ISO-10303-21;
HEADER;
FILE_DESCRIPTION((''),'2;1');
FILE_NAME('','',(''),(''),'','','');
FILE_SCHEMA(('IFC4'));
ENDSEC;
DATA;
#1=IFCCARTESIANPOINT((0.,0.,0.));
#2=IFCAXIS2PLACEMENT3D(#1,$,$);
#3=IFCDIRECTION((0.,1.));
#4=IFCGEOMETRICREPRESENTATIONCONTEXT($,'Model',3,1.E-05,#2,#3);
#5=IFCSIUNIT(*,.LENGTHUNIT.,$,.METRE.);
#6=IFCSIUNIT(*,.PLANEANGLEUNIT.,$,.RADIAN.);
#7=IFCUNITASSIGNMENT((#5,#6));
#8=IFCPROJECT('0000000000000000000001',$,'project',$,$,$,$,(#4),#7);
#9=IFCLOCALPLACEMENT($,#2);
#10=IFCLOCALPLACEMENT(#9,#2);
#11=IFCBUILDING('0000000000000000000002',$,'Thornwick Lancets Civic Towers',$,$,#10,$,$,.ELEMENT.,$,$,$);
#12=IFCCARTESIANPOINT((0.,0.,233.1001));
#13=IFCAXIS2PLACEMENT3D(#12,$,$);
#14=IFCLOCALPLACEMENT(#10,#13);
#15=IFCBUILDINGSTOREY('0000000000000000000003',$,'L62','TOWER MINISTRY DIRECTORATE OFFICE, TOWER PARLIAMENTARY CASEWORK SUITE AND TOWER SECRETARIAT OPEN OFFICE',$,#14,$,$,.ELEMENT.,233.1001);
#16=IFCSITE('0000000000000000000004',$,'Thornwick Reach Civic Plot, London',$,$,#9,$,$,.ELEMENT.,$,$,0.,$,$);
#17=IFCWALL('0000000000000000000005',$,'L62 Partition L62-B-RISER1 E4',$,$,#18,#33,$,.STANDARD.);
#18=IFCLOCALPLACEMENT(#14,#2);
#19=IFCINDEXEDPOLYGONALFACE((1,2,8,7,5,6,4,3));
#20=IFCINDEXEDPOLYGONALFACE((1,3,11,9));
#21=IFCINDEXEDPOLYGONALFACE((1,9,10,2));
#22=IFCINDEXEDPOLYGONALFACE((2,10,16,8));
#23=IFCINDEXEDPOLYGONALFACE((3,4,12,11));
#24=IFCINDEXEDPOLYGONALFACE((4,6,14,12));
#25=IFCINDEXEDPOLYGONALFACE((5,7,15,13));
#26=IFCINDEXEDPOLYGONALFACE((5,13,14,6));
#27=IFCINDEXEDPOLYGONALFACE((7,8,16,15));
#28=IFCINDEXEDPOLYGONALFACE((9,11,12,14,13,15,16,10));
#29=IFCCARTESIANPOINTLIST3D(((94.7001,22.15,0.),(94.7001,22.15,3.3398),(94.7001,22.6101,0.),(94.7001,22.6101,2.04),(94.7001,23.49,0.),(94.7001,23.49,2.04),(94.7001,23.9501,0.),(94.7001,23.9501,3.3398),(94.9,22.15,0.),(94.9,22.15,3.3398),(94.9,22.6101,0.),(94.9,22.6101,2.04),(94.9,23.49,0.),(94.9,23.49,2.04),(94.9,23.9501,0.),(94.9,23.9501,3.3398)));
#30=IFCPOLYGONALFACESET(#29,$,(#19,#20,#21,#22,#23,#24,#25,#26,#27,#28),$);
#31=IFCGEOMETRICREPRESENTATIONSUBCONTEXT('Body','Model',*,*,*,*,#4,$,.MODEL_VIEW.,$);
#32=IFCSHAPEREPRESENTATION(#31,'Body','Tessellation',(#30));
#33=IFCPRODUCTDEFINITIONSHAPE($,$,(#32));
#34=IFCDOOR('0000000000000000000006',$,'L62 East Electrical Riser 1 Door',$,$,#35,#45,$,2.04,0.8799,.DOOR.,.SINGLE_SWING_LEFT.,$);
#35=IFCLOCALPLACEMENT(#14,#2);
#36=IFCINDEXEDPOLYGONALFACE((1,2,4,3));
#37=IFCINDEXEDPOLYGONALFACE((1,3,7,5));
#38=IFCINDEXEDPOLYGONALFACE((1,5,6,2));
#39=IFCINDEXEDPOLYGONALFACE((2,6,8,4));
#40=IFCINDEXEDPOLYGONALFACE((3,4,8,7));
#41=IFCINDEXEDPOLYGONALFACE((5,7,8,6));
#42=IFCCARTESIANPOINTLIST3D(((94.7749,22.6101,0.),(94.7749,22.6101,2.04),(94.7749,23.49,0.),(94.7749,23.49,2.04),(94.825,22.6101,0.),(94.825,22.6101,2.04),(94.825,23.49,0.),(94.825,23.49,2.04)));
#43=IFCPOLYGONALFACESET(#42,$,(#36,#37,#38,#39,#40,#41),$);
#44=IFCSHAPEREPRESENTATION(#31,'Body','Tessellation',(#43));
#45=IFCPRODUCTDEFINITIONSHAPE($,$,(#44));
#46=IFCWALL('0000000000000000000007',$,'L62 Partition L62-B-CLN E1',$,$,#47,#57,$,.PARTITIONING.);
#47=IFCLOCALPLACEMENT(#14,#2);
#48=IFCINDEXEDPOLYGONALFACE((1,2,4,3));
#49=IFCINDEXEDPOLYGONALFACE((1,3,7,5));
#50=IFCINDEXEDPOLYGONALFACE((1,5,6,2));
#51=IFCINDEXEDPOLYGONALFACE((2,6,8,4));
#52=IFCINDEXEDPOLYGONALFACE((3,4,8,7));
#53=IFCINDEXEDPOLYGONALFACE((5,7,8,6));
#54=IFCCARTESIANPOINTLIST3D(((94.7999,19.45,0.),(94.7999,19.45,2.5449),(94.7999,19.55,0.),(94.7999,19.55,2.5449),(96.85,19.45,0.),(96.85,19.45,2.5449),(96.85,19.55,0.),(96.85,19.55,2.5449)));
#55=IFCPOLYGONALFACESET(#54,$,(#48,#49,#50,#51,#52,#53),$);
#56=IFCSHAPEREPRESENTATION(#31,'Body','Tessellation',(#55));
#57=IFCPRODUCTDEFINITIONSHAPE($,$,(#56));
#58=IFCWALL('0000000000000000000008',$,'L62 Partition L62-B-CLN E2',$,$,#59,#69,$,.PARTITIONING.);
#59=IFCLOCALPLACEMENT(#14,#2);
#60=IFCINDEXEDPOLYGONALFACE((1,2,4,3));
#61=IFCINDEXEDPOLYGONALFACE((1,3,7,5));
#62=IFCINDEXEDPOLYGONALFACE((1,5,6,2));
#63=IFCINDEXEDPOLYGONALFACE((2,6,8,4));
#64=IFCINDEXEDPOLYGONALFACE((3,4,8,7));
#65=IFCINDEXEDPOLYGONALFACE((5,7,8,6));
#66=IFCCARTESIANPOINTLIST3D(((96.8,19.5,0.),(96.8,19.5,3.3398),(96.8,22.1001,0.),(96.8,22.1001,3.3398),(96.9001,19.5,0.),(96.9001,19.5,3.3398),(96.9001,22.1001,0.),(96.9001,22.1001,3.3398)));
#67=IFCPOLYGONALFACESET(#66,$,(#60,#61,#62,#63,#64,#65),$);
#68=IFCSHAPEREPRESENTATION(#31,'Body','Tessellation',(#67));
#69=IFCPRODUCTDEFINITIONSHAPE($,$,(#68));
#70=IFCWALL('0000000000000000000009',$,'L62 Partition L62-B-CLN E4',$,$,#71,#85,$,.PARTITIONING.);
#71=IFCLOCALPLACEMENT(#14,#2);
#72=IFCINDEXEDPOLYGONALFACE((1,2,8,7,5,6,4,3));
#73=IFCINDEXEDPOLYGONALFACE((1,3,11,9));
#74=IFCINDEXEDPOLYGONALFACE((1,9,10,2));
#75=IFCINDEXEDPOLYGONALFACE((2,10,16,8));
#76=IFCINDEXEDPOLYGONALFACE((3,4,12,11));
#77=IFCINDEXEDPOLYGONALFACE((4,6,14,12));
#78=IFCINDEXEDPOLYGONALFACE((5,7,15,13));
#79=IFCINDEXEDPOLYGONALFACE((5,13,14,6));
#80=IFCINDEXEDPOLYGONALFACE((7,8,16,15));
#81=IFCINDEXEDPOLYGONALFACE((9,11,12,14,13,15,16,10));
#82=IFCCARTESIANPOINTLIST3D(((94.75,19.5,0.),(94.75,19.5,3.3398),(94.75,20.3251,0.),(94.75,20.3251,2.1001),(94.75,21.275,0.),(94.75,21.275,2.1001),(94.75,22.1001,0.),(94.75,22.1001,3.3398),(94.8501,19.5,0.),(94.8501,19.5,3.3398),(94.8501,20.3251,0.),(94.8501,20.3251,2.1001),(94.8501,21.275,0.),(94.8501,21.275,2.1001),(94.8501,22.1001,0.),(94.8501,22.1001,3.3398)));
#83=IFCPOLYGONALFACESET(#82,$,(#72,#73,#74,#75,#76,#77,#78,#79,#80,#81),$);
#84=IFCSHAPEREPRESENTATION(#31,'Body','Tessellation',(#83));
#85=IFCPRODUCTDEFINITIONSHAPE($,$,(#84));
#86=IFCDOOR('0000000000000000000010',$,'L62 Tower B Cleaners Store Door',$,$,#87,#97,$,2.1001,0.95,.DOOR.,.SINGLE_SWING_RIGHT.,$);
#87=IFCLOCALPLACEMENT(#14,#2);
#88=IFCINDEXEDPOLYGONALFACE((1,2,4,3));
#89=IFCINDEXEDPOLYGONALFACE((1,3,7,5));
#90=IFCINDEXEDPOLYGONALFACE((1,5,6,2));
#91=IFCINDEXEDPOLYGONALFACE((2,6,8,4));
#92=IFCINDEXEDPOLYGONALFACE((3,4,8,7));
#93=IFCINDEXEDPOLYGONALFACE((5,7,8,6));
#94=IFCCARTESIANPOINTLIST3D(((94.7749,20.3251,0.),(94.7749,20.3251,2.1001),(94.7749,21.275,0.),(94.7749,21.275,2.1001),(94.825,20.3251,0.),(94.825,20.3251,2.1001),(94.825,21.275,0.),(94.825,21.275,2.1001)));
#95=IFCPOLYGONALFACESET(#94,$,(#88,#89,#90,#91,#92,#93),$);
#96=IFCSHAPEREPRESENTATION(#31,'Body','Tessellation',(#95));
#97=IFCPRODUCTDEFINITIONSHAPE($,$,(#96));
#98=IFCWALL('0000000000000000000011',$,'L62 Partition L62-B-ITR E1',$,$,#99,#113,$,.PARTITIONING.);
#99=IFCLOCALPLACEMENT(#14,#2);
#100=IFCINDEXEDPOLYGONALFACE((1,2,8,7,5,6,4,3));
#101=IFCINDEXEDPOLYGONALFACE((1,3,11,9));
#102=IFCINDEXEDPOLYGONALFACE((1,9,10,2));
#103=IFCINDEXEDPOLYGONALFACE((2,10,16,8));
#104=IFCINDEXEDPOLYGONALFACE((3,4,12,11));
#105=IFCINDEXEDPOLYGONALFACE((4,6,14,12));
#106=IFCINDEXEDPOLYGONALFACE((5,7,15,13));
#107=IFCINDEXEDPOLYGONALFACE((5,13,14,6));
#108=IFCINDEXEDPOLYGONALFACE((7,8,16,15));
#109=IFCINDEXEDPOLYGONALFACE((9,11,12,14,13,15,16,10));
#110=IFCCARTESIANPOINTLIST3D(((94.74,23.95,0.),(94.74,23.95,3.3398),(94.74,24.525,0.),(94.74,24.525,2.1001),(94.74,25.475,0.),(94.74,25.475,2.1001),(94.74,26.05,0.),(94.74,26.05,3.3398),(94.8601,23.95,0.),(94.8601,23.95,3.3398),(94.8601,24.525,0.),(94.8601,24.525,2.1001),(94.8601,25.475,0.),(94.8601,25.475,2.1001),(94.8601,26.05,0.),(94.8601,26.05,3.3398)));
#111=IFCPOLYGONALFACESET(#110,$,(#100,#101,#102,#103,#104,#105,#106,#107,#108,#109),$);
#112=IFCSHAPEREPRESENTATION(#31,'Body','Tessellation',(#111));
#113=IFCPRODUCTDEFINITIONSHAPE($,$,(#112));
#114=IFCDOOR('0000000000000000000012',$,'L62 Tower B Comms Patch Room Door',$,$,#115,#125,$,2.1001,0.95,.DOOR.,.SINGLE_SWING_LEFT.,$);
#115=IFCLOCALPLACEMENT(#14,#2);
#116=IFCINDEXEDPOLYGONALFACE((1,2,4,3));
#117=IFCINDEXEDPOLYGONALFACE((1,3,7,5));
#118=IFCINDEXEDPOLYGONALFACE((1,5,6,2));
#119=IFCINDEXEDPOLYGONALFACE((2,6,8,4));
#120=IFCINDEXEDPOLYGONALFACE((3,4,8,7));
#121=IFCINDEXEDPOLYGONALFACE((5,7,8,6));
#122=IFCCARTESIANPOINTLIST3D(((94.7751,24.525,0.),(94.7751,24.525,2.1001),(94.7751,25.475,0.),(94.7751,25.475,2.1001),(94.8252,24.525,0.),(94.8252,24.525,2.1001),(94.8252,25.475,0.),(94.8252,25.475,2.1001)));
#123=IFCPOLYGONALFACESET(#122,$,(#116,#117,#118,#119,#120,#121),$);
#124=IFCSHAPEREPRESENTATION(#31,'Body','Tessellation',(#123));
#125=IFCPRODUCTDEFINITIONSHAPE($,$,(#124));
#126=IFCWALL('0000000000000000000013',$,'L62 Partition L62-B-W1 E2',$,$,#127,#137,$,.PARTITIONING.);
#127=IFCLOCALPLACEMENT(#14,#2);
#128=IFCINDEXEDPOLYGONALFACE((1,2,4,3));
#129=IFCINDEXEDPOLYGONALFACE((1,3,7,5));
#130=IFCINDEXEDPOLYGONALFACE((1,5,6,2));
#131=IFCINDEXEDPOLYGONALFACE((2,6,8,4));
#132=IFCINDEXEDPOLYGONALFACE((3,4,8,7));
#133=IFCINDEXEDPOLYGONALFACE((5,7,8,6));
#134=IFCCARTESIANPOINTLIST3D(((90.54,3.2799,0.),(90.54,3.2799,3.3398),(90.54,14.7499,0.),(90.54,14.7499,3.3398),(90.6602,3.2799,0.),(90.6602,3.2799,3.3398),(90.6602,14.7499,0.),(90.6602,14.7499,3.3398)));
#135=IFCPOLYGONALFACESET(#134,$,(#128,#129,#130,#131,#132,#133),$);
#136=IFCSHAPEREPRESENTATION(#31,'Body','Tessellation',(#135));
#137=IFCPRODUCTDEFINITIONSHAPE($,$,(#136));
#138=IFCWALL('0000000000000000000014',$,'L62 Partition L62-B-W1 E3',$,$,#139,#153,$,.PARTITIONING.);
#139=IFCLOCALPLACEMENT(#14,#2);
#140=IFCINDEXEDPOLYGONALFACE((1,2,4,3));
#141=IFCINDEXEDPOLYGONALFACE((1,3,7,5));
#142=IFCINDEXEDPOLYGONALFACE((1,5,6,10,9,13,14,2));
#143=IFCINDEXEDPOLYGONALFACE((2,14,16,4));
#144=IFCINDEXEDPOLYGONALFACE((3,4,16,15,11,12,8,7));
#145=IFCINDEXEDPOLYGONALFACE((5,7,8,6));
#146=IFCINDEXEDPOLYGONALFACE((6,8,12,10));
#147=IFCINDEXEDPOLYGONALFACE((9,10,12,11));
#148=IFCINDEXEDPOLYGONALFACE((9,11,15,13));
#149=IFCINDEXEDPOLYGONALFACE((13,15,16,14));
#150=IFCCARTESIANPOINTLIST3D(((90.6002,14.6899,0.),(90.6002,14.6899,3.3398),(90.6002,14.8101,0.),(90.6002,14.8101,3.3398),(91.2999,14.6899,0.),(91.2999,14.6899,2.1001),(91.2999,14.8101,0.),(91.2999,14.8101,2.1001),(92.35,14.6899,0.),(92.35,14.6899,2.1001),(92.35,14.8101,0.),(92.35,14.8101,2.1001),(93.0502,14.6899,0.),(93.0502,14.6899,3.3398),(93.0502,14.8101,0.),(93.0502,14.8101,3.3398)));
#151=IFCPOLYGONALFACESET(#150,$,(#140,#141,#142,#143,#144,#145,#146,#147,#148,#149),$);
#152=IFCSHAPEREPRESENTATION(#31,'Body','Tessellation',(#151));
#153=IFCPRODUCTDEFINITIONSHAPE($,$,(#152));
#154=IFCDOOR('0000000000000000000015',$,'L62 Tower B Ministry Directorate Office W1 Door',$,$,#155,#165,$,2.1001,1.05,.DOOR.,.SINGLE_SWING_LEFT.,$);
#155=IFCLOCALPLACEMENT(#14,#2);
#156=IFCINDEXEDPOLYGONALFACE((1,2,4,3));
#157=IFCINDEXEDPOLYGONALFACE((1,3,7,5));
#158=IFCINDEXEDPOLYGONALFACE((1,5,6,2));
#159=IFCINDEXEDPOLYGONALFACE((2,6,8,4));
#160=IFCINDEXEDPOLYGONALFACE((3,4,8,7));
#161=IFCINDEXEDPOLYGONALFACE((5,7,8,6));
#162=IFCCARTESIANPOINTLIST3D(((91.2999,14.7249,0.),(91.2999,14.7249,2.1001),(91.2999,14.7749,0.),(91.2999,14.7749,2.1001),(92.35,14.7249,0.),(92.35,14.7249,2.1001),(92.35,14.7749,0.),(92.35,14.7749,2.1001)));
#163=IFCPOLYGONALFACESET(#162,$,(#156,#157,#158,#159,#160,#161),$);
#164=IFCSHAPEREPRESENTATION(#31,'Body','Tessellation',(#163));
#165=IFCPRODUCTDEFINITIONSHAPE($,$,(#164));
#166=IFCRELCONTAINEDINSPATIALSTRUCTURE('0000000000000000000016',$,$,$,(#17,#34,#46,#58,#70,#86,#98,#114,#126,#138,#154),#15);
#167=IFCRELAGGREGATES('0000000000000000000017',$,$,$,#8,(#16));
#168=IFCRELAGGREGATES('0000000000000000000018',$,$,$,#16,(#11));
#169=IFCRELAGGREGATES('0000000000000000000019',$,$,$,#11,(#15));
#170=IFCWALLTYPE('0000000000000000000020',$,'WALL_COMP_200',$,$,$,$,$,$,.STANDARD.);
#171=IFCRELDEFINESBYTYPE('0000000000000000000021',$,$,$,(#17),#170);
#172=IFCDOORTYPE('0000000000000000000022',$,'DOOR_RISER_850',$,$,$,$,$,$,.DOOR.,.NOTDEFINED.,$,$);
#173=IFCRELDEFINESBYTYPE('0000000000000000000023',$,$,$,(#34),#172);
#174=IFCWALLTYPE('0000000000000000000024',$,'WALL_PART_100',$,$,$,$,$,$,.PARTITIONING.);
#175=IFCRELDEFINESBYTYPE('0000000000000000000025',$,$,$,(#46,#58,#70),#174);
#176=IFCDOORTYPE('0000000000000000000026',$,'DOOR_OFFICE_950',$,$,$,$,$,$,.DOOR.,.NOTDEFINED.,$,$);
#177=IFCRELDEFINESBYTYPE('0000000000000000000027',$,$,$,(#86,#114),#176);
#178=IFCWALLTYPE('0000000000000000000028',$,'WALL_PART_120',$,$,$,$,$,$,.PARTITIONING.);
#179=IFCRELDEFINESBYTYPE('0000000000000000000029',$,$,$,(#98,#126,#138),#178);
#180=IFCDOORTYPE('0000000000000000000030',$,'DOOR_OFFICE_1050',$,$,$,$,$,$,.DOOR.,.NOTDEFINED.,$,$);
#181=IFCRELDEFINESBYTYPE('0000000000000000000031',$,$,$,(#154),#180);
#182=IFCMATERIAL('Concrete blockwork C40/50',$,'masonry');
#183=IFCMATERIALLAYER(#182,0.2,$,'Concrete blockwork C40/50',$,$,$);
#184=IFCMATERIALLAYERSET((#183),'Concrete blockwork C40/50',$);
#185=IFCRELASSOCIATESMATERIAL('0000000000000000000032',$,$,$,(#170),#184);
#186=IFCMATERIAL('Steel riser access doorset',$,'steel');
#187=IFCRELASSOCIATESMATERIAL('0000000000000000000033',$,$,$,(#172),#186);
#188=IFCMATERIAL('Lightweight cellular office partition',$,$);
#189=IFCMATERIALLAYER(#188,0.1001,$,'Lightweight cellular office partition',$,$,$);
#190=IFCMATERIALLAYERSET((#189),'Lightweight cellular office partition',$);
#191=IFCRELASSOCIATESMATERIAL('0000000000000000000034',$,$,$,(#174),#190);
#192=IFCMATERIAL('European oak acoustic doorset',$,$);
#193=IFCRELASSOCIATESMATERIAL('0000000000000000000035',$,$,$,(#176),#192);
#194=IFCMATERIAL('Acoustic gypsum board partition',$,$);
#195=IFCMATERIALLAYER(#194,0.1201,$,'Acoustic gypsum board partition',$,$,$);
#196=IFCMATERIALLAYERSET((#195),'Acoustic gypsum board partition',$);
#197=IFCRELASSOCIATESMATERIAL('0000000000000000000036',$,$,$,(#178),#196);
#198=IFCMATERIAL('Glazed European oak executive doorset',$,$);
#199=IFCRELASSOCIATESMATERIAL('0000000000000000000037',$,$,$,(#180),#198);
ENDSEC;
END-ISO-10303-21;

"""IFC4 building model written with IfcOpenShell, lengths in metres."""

from ifc_helpers import new_model, si_unit, direction, frame, frame_2d, origin, place, context, subcontext, project, spatial, rectangle, extrude, material, layer, layer_set, type_object, element, fill, save


model = new_model("IFC4")

# Units and contexts
model_context = context("Model", 3, precision=1e-05, world=origin(), true_north=direction((0.0, 1.0)))
body_context = subcontext(model_context, "Body", "Model", "MODEL_VIEW")
ifc_project = project(units=[si_unit("LENGTHUNIT", "METRE"), si_unit("PLANEANGLEUNIT", "RADIAN")], contexts=[model_context])

# Site, building, storey
site_placement = place(None, origin())
site = spatial("IfcSite", under=ifc_project, at=site_placement, Name="Thornwick Reach Civic Plot, London", CompositionType="ELEMENT", RefElevation=0.0)
building_placement = place(site_placement, origin())
building = spatial("IfcBuilding", under=site, at=building_placement, Name="Thornwick Lancets Civic Towers", CompositionType="ELEMENT")
storey_placement = place(building_placement, frame((0.0, 0.0, 233.1001)))
storey = spatial("IfcBuildingStorey", under=building, at=storey_placement, Name="L62", Description="TOWER MINISTRY DIRECTORATE OFFICE, TOWER PARLIAMENTARY CASEWORK SUITE AND TOWER SECRETARIAT OPEN OFFICE", CompositionType="ELEMENT", Elevation=233.1001)

# Shared definitions
ifc_material_1 = material(Name="Concrete blockwork C40/50", Category="masonry")
ifc_layer_1 = layer(ifc_material_1, 0.2, Name="Concrete blockwork C40/50")
ifc_layer_set_1 = layer_set([ifc_layer_1], Name="Concrete blockwork C40/50")
wall_type_1 = type_object("IfcWallType", Name="WALL_COMP_200", PredefinedType="STANDARD", material=ifc_layer_set_1)

# Wall, opening, door
wall_1_placement = place(storey_placement, frame((94.8, 23.95, 0.0), z_axis=(0.0, 0.0, 1.0), x_axis=(0.0, -1.0, 0.0)))
wall_1 = element("IfcWall", 1, at=wall_1_placement, inside=storey, type_object=wall_type_1, Name="L62 Partition L62-B-RISER1 E4", PredefinedType="STANDARD", context=body_context, shape_type="SweptSolid", body=[
    extrude(rectangle(XDim=1.8, YDim=0.2, at=frame_2d((0.8999, 0.0))), origin(), (0.0, 0.0, 1.0), 3.3398),
])
opening_1_placement = place(wall_1_placement, frame((0.46, 0.0, 0.0)))
opening_1 = element("IfcOpeningElement", 2, at=opening_1_placement, cuts=wall_1, PredefinedType="OPENING", context=body_context, shape_type="SweptSolid", body=[
    extrude(rectangle(XDim=0.8799, YDim=2.04, at=frame_2d((0.4399, 1.02))), frame((0.0, 0.1099, 0.0), z_axis=(0.0, -1.0, 0.0), x_axis=(1.0, 0.0, 0.0)), (0.0, 0.0, 1.0), 0.22),
])
ifc_material_2 = material(Name="Steel riser access doorset", Category="steel")
door_type_1 = type_object("IfcDoorType", Name="DOOR_RISER_850", OperationType="NOTDEFINED", PredefinedType="DOOR", material=ifc_material_2)
door_1_placement = place(opening_1_placement, origin())
door_1 = element("IfcDoor", 3, at=door_1_placement, inside=storey, type_object=door_type_1, Name="L62 East Electrical Riser 1 Door", OperationType="SINGLE_SWING_LEFT", OverallHeight=2.04, OverallWidth=0.8799, PredefinedType="DOOR", context=body_context, shape_type="SweptSolid", body=[
    extrude(rectangle(XDim=0.8799, YDim=2.04, at=frame_2d((0.4399, 1.02))), frame((0.0, 0.0249, 0.0), z_axis=(0.0, -1.0, 0.0), x_axis=(1.0, 0.0, 0.0)), (0.0, 0.0, 1.0), 0.05),
])
fill(opening_1, door_1)

# Walls
ifc_material_3 = material(Name="Lightweight cellular office partition")
ifc_layer_2 = layer(ifc_material_3, 0.1001, Name="Lightweight cellular office partition")
ifc_layer_set_2 = layer_set([ifc_layer_2], Name="Lightweight cellular office partition")
wall_type_2 = type_object("IfcWallType", Name="WALL_PART_100", PredefinedType="PARTITIONING", material=ifc_layer_set_2)
wall_2_placement = place(storey_placement, frame((94.8, 19.5, 0.0), z_axis=(0.0, 0.0, 1.0), x_axis=(1.0, 0.0, 0.0)))
element("IfcWall", 4, at=wall_2_placement, inside=storey, type_object=wall_type_2, Name="L62 Partition L62-B-CLN E1", PredefinedType="PARTITIONING", context=body_context, shape_type="SweptSolid", body=[
    extrude(rectangle(XDim=2.05, YDim=0.1001, at=frame_2d((1.0249, 0.0))), origin(), (0.0, 0.0, 1.0), 2.5449),
])
wall_3_placement = place(storey_placement, frame((96.8501, 19.5, 0.0), z_axis=(0.0, 0.0, 1.0), x_axis=(0.0, 1.0, 0.0)))
element("IfcWall", 5, at=wall_3_placement, inside=storey, type_object=wall_type_2, Name="L62 Partition L62-B-CLN E2", PredefinedType="PARTITIONING", context=body_context, shape_type="SweptSolid", body=[
    extrude(rectangle(XDim=2.6001, YDim=0.1001, at=frame_2d((1.3, 0.0))), origin(), (0.0, 0.0, 1.0), 3.3398),
])

# Walls, openings, doors
wall_4_placement = place(storey_placement, frame((94.8, 22.1001, 0.0), z_axis=(0.0, 0.0, 1.0), x_axis=(0.0, -1.0, 0.0)))
wall_4 = element("IfcWall", 6, at=wall_4_placement, inside=storey, type_object=wall_type_2, Name="L62 Partition L62-B-CLN E4", PredefinedType="PARTITIONING", context=body_context, shape_type="SweptSolid", body=[
    extrude(rectangle(XDim=2.6001, YDim=0.1001, at=frame_2d((1.3, 0.0))), origin(), (0.0, 0.0, 1.0), 3.3398),
])
opening_2_placement = place(wall_4_placement, frame((0.825, 0.0, 0.0)))
opening_2 = element("IfcOpeningElement", 7, at=opening_2_placement, cuts=wall_4, PredefinedType="OPENING", context=body_context, shape_type="SweptSolid", body=[
    extrude(rectangle(XDim=0.95, YDim=2.1001, at=frame_2d((0.4751, 1.05))), frame((0.0, 0.0601, 0.0), z_axis=(0.0, -1.0, 0.0), x_axis=(1.0, 0.0, 0.0)), (0.0, 0.0, 1.0), 0.1201),
])
ifc_material_4 = material(Name="European oak acoustic doorset")
door_type_2 = type_object("IfcDoorType", Name="DOOR_OFFICE_950", OperationType="NOTDEFINED", PredefinedType="DOOR", material=ifc_material_4)
door_2_placement = place(opening_2_placement, origin())
door_2 = element("IfcDoor", 8, at=door_2_placement, inside=storey, type_object=door_type_2, Name="L62 Tower B Cleaners Store Door", OperationType="SINGLE_SWING_RIGHT", OverallHeight=2.1001, OverallWidth=0.95, PredefinedType="DOOR", context=body_context, shape_type="SweptSolid", body=[
    extrude(rectangle(XDim=0.95, YDim=2.1001, at=frame_2d((0.4751, 1.05))), frame((0.0, 0.0249, 0.0), z_axis=(0.0, -1.0, 0.0), x_axis=(1.0, 0.0, 0.0)), (0.0, 0.0, 1.0), 0.05),
])
fill(opening_2, door_2)
ifc_material_5 = material(Name="Acoustic gypsum board partition")
ifc_layer_3 = layer(ifc_material_5, 0.1201, Name="Acoustic gypsum board partition")
ifc_layer_set_3 = layer_set([ifc_layer_3], Name="Acoustic gypsum board partition")
wall_type_3 = type_object("IfcWallType", Name="WALL_PART_120", PredefinedType="PARTITIONING", material=ifc_layer_set_3)
wall_5_placement = place(storey_placement, frame((94.8, 23.95, 0.0), z_axis=(0.0, 0.0, 1.0), x_axis=(0.0, 1.0, 0.0)))
wall_5 = element("IfcWall", 9, at=wall_5_placement, inside=storey, type_object=wall_type_3, Name="L62 Partition L62-B-ITR E1", PredefinedType="PARTITIONING", context=body_context, shape_type="SweptSolid", body=[
    extrude(rectangle(XDim=2.1001, YDim=0.1201, at=frame_2d((1.05, 0.0))), origin(), (0.0, 0.0, 1.0), 3.3398),
])
opening_3_placement = place(wall_5_placement, frame((0.575, 0.0, 0.0)))
opening_3 = element("IfcOpeningElement", 10, at=opening_3_placement, cuts=wall_5, PredefinedType="OPENING", context=body_context, shape_type="SweptSolid", body=[
    extrude(rectangle(XDim=0.95, YDim=2.1001, at=frame_2d((0.4751, 1.05))), frame((0.0, 0.0701, 0.0), z_axis=(0.0, -1.0, 0.0), x_axis=(1.0, 0.0, 0.0)), (0.0, 0.0, 1.0), 0.1401),
])
door_3_placement = place(opening_3_placement, origin())
door_3 = element("IfcDoor", 11, at=door_3_placement, inside=storey, type_object=door_type_2, Name="L62 Tower B Comms Patch Room Door", OperationType="SINGLE_SWING_LEFT", OverallHeight=2.1001, OverallWidth=0.95, PredefinedType="DOOR", context=body_context, shape_type="SweptSolid", body=[
    extrude(rectangle(XDim=0.95, YDim=2.1001, at=frame_2d((0.4751, 1.05))), frame((0.0, 0.0249, 0.0), z_axis=(0.0, -1.0, 0.0), x_axis=(1.0, 0.0, 0.0)), (0.0, 0.0, 1.0), 0.05),
])
fill(opening_3, door_3)

# Wall
wall_6_placement = place(storey_placement, frame((90.6001, 3.28, 0.0), z_axis=(0.0, 0.0, 1.0), x_axis=(0.0, 1.0, 0.0)))
element("IfcWall", 12, at=wall_6_placement, inside=storey, type_object=wall_type_3, Name="L62 Partition L62-B-W1 E2", PredefinedType="PARTITIONING", context=body_context, shape_type="SweptSolid", body=[
    extrude(rectangle(XDim=11.47, YDim=0.1201, at=frame_2d((5.7349, 0.0))), origin(), (0.0, 0.0, 1.0), 3.3398),
])

# Wall, opening, door
wall_7_placement = place(storey_placement, frame((90.6001, 14.75, 0.0), z_axis=(0.0, 0.0, 1.0), x_axis=(1.0, 0.0, 0.0)))
wall_7 = element("IfcWall", 13, at=wall_7_placement, inside=storey, type_object=wall_type_3, Name="L62 Partition L62-B-W1 E3", PredefinedType="PARTITIONING", context=body_context, shape_type="SweptSolid", body=[
    extrude(rectangle(XDim=2.45, YDim=0.1201, at=frame_2d((1.2251, 0.0))), origin(), (0.0, 0.0, 1.0), 3.3398),
])
opening_4_placement = place(wall_7_placement, frame((0.7, 0.0, 0.0)))
opening_4 = element("IfcOpeningElement", 14, at=opening_4_placement, cuts=wall_7, PredefinedType="OPENING", context=body_context, shape_type="SweptSolid", body=[
    extrude(rectangle(XDim=1.05, YDim=2.1001, at=frame_2d((0.5249, 1.05))), frame((0.0, 0.0701, 0.0), z_axis=(0.0, -1.0, 0.0), x_axis=(1.0, 0.0, 0.0)), (0.0, 0.0, 1.0), 0.1401),
])
ifc_material_6 = material(Name="Glazed European oak executive doorset")
door_type_3 = type_object("IfcDoorType", Name="DOOR_OFFICE_1050", OperationType="NOTDEFINED", PredefinedType="DOOR", material=ifc_material_6)
door_4_placement = place(opening_4_placement, origin())
door_4 = element("IfcDoor", 15, at=door_4_placement, inside=storey, type_object=door_type_3, Name="L62 Tower B Ministry Directorate Office W1 Door", OperationType="SINGLE_SWING_LEFT", OverallHeight=2.1001, OverallWidth=1.05, PredefinedType="DOOR", context=body_context, shape_type="SweptSolid", body=[
    extrude(rectangle(XDim=1.05, YDim=2.1001, at=frame_2d((0.5249, 1.05))), frame((0.0, 0.0249, 0.0), z_axis=(0.0, -1.0, 0.0), x_axis=(1.0, 0.0, 0.0)), (0.0, 0.0, 1.0), 0.05),
])
fill(opening_4, door_4)

save(model, "model.ifc")
